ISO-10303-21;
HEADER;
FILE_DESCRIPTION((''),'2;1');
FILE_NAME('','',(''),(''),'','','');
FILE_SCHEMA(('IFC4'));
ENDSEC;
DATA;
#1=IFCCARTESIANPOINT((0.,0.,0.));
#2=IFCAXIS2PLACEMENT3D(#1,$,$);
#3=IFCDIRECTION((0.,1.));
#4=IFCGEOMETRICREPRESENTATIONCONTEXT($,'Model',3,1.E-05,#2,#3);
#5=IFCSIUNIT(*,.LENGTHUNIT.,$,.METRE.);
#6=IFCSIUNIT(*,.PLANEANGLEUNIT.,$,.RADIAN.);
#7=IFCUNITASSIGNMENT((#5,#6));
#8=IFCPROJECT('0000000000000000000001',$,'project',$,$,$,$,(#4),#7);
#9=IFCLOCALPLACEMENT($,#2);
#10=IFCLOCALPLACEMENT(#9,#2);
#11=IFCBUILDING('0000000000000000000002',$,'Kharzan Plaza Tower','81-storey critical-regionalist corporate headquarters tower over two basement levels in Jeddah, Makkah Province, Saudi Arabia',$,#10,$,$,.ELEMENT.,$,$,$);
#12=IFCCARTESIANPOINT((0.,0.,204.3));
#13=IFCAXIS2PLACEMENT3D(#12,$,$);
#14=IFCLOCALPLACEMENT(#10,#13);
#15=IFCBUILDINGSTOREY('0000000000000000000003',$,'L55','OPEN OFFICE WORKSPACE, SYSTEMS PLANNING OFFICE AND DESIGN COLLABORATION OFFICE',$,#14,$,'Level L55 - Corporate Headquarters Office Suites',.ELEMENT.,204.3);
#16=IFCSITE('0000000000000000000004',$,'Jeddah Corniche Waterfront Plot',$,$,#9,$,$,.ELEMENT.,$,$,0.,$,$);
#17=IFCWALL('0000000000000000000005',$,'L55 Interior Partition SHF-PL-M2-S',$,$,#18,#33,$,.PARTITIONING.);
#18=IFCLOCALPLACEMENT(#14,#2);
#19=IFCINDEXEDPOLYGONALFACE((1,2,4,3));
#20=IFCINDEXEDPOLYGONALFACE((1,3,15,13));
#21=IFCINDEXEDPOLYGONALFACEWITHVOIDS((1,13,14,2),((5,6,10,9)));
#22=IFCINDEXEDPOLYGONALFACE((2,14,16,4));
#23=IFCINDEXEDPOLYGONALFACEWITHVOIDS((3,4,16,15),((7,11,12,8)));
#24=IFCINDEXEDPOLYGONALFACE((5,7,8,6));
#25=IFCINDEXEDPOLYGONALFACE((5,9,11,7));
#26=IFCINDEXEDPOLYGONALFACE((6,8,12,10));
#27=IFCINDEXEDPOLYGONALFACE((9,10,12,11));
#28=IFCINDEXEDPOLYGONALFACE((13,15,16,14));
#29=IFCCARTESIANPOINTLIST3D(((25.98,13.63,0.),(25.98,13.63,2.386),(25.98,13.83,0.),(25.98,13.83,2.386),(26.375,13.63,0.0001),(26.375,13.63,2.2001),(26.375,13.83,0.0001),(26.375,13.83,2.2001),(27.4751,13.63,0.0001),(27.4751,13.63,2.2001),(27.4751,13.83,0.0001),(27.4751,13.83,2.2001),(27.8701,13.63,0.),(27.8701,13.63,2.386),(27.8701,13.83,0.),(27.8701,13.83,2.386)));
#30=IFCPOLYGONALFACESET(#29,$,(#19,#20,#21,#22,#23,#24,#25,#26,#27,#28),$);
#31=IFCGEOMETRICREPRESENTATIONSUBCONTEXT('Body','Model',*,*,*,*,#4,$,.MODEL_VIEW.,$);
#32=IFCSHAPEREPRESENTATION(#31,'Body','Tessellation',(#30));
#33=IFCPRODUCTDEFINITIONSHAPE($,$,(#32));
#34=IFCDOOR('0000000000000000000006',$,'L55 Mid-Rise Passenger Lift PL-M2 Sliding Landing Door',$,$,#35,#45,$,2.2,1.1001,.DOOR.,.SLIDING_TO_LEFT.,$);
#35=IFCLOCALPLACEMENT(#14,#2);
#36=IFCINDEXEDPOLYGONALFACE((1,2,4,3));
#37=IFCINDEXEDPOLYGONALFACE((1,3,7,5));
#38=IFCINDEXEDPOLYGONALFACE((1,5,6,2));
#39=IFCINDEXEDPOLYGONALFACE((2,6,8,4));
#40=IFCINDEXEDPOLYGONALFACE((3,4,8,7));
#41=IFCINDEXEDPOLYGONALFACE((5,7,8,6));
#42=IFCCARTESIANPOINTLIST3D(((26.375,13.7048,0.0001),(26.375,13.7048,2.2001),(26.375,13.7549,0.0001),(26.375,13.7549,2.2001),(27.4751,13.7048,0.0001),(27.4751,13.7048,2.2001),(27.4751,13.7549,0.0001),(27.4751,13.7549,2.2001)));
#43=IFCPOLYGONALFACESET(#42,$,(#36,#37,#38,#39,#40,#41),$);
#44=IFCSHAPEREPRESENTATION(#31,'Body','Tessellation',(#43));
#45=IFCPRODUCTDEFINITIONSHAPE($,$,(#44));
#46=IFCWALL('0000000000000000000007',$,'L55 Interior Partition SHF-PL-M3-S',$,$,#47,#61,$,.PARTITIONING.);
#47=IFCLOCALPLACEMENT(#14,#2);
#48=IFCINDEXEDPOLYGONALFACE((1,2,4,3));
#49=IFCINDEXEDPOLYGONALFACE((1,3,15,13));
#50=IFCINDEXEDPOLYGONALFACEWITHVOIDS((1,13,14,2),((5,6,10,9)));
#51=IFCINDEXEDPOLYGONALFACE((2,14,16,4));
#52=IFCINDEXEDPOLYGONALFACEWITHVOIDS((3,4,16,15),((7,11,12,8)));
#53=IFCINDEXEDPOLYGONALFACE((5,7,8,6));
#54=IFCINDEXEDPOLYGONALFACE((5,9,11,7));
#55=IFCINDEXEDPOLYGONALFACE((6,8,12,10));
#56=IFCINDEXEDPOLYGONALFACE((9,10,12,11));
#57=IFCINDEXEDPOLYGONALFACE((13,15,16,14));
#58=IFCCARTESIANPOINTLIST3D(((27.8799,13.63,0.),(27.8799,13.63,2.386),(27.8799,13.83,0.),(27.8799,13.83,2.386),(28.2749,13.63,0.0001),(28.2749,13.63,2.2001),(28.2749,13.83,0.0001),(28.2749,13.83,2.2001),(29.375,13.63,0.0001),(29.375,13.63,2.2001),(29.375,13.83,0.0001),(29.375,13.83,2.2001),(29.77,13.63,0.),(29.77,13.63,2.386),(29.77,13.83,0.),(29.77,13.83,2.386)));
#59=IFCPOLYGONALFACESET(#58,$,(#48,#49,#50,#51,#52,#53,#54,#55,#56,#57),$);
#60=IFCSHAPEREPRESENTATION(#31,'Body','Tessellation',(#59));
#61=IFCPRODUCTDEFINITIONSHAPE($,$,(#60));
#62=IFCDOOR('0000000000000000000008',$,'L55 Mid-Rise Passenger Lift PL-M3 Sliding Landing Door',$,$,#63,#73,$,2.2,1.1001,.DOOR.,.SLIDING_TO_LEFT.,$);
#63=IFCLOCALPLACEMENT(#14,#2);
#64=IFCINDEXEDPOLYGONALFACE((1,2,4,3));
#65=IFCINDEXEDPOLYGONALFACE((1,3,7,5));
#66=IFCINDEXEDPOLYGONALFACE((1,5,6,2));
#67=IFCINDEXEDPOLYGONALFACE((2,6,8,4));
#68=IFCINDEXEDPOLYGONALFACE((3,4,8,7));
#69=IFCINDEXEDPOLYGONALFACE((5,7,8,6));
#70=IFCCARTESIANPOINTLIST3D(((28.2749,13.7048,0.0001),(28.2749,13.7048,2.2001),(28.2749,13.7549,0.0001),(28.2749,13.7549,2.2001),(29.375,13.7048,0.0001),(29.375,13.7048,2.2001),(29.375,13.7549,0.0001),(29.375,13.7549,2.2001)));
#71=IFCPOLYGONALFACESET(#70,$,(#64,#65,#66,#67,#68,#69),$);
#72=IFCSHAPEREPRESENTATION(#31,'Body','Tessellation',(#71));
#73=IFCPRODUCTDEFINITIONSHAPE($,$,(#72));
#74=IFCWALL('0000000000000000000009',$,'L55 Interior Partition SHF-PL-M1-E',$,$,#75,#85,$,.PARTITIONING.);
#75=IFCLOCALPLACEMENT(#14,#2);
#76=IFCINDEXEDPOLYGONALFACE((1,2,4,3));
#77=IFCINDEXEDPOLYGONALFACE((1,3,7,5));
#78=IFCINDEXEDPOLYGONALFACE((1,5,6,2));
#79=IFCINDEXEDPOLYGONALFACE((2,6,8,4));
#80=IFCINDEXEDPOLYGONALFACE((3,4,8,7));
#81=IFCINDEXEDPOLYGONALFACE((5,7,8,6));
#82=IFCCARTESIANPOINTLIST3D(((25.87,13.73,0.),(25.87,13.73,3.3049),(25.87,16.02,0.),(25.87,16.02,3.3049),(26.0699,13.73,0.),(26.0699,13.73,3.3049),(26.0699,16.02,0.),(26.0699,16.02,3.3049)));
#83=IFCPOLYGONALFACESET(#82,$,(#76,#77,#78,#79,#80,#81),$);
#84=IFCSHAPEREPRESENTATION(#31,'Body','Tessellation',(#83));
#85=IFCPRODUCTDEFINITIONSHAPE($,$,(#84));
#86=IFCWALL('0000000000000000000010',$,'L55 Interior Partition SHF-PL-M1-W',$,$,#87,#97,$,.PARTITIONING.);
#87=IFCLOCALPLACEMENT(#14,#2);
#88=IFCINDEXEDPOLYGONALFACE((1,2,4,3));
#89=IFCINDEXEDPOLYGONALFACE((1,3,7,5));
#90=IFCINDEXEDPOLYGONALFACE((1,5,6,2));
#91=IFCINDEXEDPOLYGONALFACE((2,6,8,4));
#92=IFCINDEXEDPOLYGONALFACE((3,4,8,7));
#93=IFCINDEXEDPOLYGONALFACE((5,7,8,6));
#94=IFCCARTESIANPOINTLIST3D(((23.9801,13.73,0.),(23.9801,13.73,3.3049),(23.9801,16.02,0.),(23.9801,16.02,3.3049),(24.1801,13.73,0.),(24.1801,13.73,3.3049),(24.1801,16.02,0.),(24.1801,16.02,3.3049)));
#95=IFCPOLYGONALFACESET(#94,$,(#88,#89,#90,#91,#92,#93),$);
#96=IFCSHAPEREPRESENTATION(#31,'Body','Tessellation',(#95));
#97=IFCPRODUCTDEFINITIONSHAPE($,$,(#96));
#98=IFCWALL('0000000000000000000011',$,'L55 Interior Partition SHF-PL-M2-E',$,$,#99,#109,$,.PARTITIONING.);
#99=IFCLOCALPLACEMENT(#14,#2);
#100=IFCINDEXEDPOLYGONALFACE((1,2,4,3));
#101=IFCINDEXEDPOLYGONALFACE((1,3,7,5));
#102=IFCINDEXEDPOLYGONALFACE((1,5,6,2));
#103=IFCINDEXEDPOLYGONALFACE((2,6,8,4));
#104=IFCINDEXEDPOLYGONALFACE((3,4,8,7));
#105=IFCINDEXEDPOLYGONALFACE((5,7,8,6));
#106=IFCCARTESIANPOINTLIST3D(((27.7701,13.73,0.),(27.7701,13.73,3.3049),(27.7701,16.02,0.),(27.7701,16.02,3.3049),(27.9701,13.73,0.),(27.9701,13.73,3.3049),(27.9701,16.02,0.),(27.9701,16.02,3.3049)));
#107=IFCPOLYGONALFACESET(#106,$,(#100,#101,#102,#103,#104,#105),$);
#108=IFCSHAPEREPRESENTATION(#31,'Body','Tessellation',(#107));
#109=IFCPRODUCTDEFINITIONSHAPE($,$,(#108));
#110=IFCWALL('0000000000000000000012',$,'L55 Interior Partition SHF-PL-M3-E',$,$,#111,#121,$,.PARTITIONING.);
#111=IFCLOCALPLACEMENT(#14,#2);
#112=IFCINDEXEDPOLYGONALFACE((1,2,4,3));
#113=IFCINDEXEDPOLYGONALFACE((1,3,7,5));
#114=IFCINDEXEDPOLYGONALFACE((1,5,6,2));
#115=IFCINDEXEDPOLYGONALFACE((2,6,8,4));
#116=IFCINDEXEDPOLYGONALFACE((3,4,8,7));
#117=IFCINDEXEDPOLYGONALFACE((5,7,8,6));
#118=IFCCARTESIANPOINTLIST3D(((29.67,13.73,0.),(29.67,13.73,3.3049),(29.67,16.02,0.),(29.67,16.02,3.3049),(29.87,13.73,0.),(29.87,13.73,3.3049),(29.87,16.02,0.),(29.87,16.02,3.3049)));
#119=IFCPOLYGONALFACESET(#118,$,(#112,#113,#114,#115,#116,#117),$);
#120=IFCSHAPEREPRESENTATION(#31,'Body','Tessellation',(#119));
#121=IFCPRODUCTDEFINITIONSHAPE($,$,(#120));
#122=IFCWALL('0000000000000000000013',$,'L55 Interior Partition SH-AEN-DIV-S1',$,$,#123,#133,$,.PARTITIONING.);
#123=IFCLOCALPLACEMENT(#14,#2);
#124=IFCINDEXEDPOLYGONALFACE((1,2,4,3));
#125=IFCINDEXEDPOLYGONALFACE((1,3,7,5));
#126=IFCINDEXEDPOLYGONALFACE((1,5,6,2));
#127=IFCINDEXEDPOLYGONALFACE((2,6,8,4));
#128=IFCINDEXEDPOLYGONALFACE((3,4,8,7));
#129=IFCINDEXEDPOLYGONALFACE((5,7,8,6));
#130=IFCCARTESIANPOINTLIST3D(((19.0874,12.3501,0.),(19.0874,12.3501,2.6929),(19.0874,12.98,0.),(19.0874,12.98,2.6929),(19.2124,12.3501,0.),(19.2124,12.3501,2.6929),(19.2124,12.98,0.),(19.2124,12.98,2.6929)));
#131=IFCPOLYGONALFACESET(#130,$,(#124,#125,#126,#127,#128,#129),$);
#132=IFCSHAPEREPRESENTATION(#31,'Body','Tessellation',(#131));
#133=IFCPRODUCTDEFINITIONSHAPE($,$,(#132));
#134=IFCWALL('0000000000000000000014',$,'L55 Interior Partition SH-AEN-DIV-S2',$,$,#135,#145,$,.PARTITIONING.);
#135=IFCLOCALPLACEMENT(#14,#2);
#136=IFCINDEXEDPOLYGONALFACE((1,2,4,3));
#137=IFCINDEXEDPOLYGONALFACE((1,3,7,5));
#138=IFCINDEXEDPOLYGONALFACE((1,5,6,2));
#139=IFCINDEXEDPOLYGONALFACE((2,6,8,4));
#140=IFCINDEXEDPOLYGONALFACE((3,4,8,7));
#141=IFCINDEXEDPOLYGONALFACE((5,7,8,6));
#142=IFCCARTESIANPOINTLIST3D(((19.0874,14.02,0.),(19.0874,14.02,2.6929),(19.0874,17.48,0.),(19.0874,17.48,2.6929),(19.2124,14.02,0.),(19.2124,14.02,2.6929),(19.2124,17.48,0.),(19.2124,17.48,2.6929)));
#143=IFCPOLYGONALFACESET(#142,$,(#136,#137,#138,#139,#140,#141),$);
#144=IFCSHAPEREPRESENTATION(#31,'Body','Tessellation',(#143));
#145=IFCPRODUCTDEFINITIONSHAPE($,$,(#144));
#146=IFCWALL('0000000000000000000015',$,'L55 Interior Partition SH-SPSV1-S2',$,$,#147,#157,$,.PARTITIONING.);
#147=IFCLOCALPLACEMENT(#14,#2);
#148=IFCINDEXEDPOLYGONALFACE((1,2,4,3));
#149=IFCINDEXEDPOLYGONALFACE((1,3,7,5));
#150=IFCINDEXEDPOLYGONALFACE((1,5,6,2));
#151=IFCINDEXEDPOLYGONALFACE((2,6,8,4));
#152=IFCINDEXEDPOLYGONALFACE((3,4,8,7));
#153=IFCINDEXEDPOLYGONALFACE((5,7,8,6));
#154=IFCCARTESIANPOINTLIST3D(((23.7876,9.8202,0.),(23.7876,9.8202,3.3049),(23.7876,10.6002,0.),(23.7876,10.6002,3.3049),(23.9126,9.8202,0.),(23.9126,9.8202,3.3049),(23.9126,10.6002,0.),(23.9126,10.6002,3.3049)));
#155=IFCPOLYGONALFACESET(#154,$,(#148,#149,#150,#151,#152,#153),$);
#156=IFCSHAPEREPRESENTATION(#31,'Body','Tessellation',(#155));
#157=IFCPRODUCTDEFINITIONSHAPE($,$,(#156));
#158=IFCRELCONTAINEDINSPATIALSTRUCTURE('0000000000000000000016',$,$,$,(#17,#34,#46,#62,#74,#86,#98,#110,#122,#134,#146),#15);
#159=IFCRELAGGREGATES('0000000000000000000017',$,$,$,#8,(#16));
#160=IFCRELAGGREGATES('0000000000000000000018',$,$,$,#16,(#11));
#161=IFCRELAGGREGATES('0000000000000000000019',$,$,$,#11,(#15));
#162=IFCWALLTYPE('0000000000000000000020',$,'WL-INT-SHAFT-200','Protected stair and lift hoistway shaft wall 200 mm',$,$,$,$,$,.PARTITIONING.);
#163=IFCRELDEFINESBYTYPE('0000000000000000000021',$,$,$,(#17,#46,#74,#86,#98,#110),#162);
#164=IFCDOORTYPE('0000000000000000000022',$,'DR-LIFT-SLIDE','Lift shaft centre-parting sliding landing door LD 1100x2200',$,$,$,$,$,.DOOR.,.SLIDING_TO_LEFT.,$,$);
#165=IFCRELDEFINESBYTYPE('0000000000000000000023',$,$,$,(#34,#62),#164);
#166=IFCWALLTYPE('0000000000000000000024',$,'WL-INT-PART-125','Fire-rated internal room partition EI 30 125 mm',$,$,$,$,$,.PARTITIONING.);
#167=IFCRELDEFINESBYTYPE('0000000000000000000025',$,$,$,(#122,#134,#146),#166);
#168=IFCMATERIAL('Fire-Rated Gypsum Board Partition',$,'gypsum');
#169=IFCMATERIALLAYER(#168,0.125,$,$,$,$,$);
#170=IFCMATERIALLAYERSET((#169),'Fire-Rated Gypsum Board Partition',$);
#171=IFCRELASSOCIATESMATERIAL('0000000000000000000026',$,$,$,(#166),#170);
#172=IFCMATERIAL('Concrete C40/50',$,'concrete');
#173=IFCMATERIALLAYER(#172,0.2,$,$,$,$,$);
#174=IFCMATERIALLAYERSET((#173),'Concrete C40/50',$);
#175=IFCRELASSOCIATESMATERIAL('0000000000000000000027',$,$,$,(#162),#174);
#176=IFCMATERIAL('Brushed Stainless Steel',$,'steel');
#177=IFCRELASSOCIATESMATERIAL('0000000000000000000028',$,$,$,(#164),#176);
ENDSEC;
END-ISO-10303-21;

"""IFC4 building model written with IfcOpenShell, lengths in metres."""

from ifc_helpers import new_model, si_unit, direction, frame, frame_2d, origin, place, context, subcontext, project, spatial, rectangle, extrude, source, transform, mapped, material, layer, layer_set, type_object, element, fill, save


model = new_model("IFC4")

# Units and contexts
model_context = context("Model", 3, precision=1e-05, world=origin(), true_north=direction((0.0, 1.0)))
body_context = subcontext(model_context, "Body", "Model", "MODEL_VIEW")
ifc_project = project(units=[si_unit("LENGTHUNIT", "METRE"), si_unit("PLANEANGLEUNIT", "RADIAN")], contexts=[model_context])

# Site, building, storey
site_placement = place(None, origin())
site = spatial("IfcSite", under=ifc_project, at=site_placement, Name="Jeddah Corniche Waterfront Plot", CompositionType="ELEMENT", RefElevation=0.0)
building_placement = place(site_placement, origin())
building = spatial("IfcBuilding", under=site, at=building_placement, Name="Kharzan Plaza Tower", Description="81-storey critical-regionalist corporate headquarters tower over two basement levels in Jeddah, Makkah Province, Saudi Arabia", CompositionType="ELEMENT")
storey_placement = place(building_placement, frame((0.0, 0.0, 204.3)))
storey = spatial("IfcBuildingStorey", under=building, at=storey_placement, Name="L55", Description="OPEN OFFICE WORKSPACE, SYSTEMS PLANNING OFFICE AND DESIGN COLLABORATION OFFICE", LongName="Level L55 - Corporate Headquarters Office Suites", CompositionType="ELEMENT", Elevation=204.3)

# Walls, openings, doors
ifc_material_1 = material(Name="Fire-Rated Gypsum Board Partition", Category="gypsum")
ifc_layer_1 = layer(ifc_material_1, 0.125)
ifc_layer_set_1 = layer_set([ifc_layer_1], Name="Fire-Rated Gypsum Board Partition")
wall_type_1 = type_object("IfcWallType", Name="WL-INT-PART-125", Description="Fire-rated internal room partition EI 30 125 mm", PredefinedType="PARTITIONING", material=ifc_layer_set_1)
ifc_material_2 = material(Name="Concrete C40/50", Category="concrete")
ifc_layer_2 = layer(ifc_material_2, 0.2)
ifc_layer_set_2 = layer_set([ifc_layer_2], Name="Concrete C40/50")
wall_type_2 = type_object("IfcWallType", Name="WL-INT-SHAFT-200", Description="Protected stair and lift hoistway shaft wall 200 mm", PredefinedType="PARTITIONING", material=ifc_layer_set_2)
ifc_material_3 = material(Name="Brushed Stainless Steel", Category="steel")
door_type_1 = type_object("IfcDoorType", Name="DR-LIFT-SLIDE", Description="Lift shaft centre-parting sliding landing door LD 1100x2200", OperationType="SLIDING_TO_LEFT", PredefinedType="DOOR", material=ifc_material_3)
shared_shape_1 = source(origin(), body_context, "Body", "SweptSolid", [
    extrude(rectangle(XDim=1.1001, YDim=2.2, at=frame_2d((0.55, 1.1001))), frame((0.0, 0.0249, 0.0), z_axis=(0.0, -1.0, 0.0), x_axis=(1.0, 0.0, 0.0)), (0.0, 0.0, 1.0), 0.05),
])
wall_1_placement = place(storey_placement, frame((25.98, 13.73, 0.0), z_axis=(0.0, 0.0, 1.0), x_axis=(1.0, 0.0, 0.0)))
wall_1 = element("IfcWall", 1, at=wall_1_placement, inside=storey, type_object=wall_type_2, Name="L55 Interior Partition SHF-PL-M2-S", PredefinedType="PARTITIONING", context=body_context, shape_type="SweptSolid", body=[
    extrude(rectangle(XDim=1.8901, YDim=0.2, at=frame_2d((0.9451, 0.0))), origin(), (0.0, 0.0, 1.0), 2.386),
])
opening_1_placement = place(wall_1_placement, frame((0.395, 0.0, 0.0)))
opening_1 = element("IfcOpeningElement", 2, at=opening_1_placement, cuts=wall_1, PredefinedType="OPENING", context=body_context, shape_type="SweptSolid", body=[
    extrude(rectangle(XDim=1.1001, YDim=2.2, at=frame_2d((0.55, 1.1001))), frame((0.0, 0.1099, 0.0), z_axis=(0.0, -1.0, 0.0), x_axis=(1.0, 0.0, 0.0)), (0.0, 0.0, 1.0), 0.22),
])
door_1_placement = place(opening_1_placement, origin())
door_1 = element("IfcDoor", 3, at=door_1_placement, inside=storey, type_object=door_type_1, Name="L55 Mid-Rise Passenger Lift PL-M2 Sliding Landing Door", OperationType="SLIDING_TO_LEFT", OverallHeight=2.2, OverallWidth=1.1001, PredefinedType="DOOR", context=body_context, shape_type="MappedRepresentation", body=[
    mapped(shared_shape_1, transform((0.0, 0.0, 0.0), x_axis=(1.0, 0.0, 0.0), y_axis=(0.0, 1.0, 0.0), z_axis=(0.0, 0.0, 1.0))),
])
fill(opening_1, door_1)
wall_2_placement = place(storey_placement, frame((27.8799, 13.73, 0.0), z_axis=(0.0, 0.0, 1.0), x_axis=(1.0, 0.0, 0.0)))
wall_2 = element("IfcWall", 4, at=wall_2_placement, inside=storey, type_object=wall_type_2, Name="L55 Interior Partition SHF-PL-M3-S", PredefinedType="PARTITIONING", context=body_context, shape_type="SweptSolid", body=[
    extrude(rectangle(XDim=1.8901, YDim=0.2, at=frame_2d((0.9451, 0.0))), origin(), (0.0, 0.0, 1.0), 2.386),
])
opening_2_placement = place(wall_2_placement, frame((0.395, 0.0, 0.0)))
opening_2 = element("IfcOpeningElement", 5, at=opening_2_placement, cuts=wall_2, PredefinedType="OPENING", context=body_context, shape_type="SweptSolid", body=[
    extrude(rectangle(XDim=1.1001, YDim=2.2, at=frame_2d((0.55, 1.1001))), frame((0.0, 0.1099, 0.0), z_axis=(0.0, -1.0, 0.0), x_axis=(1.0, 0.0, 0.0)), (0.0, 0.0, 1.0), 0.22),
])
door_2_placement = place(opening_2_placement, origin())
door_2 = element("IfcDoor", 6, at=door_2_placement, inside=storey, type_object=door_type_1, Name="L55 Mid-Rise Passenger Lift PL-M3 Sliding Landing Door", OperationType="SLIDING_TO_LEFT", OverallHeight=2.2, OverallWidth=1.1001, PredefinedType="DOOR", context=body_context, shape_type="MappedRepresentation", body=[
    mapped(shared_shape_1, transform((0.0, 0.0, 0.0), x_axis=(1.0, 0.0, 0.0), y_axis=(0.0, 1.0, 0.0), z_axis=(0.0, 0.0, 1.0))),
])
fill(opening_2, door_2)

# Walls
shared_shape_2 = source(origin(), body_context, "Body", "SweptSolid", [
    extrude(rectangle(XDim=2.29, YDim=0.2, at=frame_2d((1.145, 0.0))), origin(), (0.0, 0.0, 1.0), 3.3049),
])
for number, where, z_axis, x_axis, name in (
    (7, (25.97, 13.73, 0.0), (0.0, 0.0, 1.0), (0.0, 1.0, 0.0), "L55 Interior Partition SHF-PL-M1-E"),
    (8, (24.0801, 13.73, 0.0), (0.0, 0.0, 1.0), (0.0, 1.0, 0.0), "L55 Interior Partition SHF-PL-M1-W"),
    (9, (27.8701, 13.73, 0.0), (0.0, 0.0, 1.0), (0.0, 1.0, 0.0), "L55 Interior Partition SHF-PL-M2-E"),
    (10, (29.77, 13.73, 0.0), (0.0, 0.0, 1.0), (0.0, 1.0, 0.0), "L55 Interior Partition SHF-PL-M3-E"),
):
    element("IfcWall", number, at=place(storey_placement, frame(where, z_axis=z_axis, x_axis=x_axis)), inside=storey, type_object=wall_type_2, Name=name, PredefinedType="PARTITIONING", context=body_context, shape_type="MappedRepresentation", body=[
        mapped(shared_shape_2, transform((0.0, 0.0, 0.0), x_axis=(1.0, 0.0, 0.0), y_axis=(0.0, 1.0, 0.0), z_axis=(0.0, 0.0, 1.0))),
    ])
shared_shape_3 = source(origin(), body_context, "Body", "SweptSolid", [
    extrude(rectangle(XDim=0.6299, YDim=0.125, at=frame_2d((0.3149, 0.0))), origin(), (0.0, 0.0, 1.0), 2.6929),
])
wall_3_placement = place(storey_placement, frame((19.1499, 12.3501, 0.0), z_axis=(0.0, 0.0, 1.0), x_axis=(0.0, 1.0, 0.0)))
element("IfcWall", 11, at=wall_3_placement, inside=storey, type_object=wall_type_1, Name="L55 Interior Partition SH-AEN-DIV-S1", PredefinedType="PARTITIONING", context=body_context, shape_type="MappedRepresentation", body=[
    mapped(shared_shape_3, transform((0.0, 0.0, 0.0), x_axis=(1.0, 0.0, 0.0), y_axis=(0.0, 1.0, 0.0), z_axis=(0.0, 0.0, 1.0))),
])
shared_shape_4 = source(origin(), body_context, "Body", "SweptSolid", [
    extrude(rectangle(XDim=3.46, YDim=0.125, at=frame_2d((1.73, 0.0))), origin(), (0.0, 0.0, 1.0), 2.6929),
])
wall_4_placement = place(storey_placement, frame((19.1499, 14.02, 0.0), z_axis=(0.0, 0.0, 1.0), x_axis=(0.0, 1.0, 0.0)))
element("IfcWall", 12, at=wall_4_placement, inside=storey, type_object=wall_type_1, Name="L55 Interior Partition SH-AEN-DIV-S2", PredefinedType="PARTITIONING", context=body_context, shape_type="MappedRepresentation", body=[
    mapped(shared_shape_4, transform((0.0, 0.0, 0.0), x_axis=(1.0, 0.0, 0.0), y_axis=(0.0, 1.0, 0.0), z_axis=(0.0, 0.0, 1.0))),
])
shared_shape_5 = source(origin(), body_context, "Body", "SweptSolid", [
    extrude(rectangle(XDim=0.78, YDim=0.125, at=frame_2d((0.3901, 0.0))), origin(), (0.0, 0.0, 1.0), 3.3049),
])
wall_5_placement = place(storey_placement, frame((23.8501, 9.8201, 0.0), z_axis=(0.0, 0.0, 1.0), x_axis=(0.0, 1.0, 0.0)))
element("IfcWall", 13, at=wall_5_placement, inside=storey, type_object=wall_type_1, Name="L55 Interior Partition SH-SPSV1-S2", PredefinedType="PARTITIONING", context=body_context, shape_type="MappedRepresentation", body=[
    mapped(shared_shape_5, transform((0.0, 0.0, 0.0), x_axis=(1.0, 0.0, 0.0), y_axis=(0.0, 1.0, 0.0), z_axis=(0.0, 0.0, 1.0))),
])

save(model, "model.ifc")
